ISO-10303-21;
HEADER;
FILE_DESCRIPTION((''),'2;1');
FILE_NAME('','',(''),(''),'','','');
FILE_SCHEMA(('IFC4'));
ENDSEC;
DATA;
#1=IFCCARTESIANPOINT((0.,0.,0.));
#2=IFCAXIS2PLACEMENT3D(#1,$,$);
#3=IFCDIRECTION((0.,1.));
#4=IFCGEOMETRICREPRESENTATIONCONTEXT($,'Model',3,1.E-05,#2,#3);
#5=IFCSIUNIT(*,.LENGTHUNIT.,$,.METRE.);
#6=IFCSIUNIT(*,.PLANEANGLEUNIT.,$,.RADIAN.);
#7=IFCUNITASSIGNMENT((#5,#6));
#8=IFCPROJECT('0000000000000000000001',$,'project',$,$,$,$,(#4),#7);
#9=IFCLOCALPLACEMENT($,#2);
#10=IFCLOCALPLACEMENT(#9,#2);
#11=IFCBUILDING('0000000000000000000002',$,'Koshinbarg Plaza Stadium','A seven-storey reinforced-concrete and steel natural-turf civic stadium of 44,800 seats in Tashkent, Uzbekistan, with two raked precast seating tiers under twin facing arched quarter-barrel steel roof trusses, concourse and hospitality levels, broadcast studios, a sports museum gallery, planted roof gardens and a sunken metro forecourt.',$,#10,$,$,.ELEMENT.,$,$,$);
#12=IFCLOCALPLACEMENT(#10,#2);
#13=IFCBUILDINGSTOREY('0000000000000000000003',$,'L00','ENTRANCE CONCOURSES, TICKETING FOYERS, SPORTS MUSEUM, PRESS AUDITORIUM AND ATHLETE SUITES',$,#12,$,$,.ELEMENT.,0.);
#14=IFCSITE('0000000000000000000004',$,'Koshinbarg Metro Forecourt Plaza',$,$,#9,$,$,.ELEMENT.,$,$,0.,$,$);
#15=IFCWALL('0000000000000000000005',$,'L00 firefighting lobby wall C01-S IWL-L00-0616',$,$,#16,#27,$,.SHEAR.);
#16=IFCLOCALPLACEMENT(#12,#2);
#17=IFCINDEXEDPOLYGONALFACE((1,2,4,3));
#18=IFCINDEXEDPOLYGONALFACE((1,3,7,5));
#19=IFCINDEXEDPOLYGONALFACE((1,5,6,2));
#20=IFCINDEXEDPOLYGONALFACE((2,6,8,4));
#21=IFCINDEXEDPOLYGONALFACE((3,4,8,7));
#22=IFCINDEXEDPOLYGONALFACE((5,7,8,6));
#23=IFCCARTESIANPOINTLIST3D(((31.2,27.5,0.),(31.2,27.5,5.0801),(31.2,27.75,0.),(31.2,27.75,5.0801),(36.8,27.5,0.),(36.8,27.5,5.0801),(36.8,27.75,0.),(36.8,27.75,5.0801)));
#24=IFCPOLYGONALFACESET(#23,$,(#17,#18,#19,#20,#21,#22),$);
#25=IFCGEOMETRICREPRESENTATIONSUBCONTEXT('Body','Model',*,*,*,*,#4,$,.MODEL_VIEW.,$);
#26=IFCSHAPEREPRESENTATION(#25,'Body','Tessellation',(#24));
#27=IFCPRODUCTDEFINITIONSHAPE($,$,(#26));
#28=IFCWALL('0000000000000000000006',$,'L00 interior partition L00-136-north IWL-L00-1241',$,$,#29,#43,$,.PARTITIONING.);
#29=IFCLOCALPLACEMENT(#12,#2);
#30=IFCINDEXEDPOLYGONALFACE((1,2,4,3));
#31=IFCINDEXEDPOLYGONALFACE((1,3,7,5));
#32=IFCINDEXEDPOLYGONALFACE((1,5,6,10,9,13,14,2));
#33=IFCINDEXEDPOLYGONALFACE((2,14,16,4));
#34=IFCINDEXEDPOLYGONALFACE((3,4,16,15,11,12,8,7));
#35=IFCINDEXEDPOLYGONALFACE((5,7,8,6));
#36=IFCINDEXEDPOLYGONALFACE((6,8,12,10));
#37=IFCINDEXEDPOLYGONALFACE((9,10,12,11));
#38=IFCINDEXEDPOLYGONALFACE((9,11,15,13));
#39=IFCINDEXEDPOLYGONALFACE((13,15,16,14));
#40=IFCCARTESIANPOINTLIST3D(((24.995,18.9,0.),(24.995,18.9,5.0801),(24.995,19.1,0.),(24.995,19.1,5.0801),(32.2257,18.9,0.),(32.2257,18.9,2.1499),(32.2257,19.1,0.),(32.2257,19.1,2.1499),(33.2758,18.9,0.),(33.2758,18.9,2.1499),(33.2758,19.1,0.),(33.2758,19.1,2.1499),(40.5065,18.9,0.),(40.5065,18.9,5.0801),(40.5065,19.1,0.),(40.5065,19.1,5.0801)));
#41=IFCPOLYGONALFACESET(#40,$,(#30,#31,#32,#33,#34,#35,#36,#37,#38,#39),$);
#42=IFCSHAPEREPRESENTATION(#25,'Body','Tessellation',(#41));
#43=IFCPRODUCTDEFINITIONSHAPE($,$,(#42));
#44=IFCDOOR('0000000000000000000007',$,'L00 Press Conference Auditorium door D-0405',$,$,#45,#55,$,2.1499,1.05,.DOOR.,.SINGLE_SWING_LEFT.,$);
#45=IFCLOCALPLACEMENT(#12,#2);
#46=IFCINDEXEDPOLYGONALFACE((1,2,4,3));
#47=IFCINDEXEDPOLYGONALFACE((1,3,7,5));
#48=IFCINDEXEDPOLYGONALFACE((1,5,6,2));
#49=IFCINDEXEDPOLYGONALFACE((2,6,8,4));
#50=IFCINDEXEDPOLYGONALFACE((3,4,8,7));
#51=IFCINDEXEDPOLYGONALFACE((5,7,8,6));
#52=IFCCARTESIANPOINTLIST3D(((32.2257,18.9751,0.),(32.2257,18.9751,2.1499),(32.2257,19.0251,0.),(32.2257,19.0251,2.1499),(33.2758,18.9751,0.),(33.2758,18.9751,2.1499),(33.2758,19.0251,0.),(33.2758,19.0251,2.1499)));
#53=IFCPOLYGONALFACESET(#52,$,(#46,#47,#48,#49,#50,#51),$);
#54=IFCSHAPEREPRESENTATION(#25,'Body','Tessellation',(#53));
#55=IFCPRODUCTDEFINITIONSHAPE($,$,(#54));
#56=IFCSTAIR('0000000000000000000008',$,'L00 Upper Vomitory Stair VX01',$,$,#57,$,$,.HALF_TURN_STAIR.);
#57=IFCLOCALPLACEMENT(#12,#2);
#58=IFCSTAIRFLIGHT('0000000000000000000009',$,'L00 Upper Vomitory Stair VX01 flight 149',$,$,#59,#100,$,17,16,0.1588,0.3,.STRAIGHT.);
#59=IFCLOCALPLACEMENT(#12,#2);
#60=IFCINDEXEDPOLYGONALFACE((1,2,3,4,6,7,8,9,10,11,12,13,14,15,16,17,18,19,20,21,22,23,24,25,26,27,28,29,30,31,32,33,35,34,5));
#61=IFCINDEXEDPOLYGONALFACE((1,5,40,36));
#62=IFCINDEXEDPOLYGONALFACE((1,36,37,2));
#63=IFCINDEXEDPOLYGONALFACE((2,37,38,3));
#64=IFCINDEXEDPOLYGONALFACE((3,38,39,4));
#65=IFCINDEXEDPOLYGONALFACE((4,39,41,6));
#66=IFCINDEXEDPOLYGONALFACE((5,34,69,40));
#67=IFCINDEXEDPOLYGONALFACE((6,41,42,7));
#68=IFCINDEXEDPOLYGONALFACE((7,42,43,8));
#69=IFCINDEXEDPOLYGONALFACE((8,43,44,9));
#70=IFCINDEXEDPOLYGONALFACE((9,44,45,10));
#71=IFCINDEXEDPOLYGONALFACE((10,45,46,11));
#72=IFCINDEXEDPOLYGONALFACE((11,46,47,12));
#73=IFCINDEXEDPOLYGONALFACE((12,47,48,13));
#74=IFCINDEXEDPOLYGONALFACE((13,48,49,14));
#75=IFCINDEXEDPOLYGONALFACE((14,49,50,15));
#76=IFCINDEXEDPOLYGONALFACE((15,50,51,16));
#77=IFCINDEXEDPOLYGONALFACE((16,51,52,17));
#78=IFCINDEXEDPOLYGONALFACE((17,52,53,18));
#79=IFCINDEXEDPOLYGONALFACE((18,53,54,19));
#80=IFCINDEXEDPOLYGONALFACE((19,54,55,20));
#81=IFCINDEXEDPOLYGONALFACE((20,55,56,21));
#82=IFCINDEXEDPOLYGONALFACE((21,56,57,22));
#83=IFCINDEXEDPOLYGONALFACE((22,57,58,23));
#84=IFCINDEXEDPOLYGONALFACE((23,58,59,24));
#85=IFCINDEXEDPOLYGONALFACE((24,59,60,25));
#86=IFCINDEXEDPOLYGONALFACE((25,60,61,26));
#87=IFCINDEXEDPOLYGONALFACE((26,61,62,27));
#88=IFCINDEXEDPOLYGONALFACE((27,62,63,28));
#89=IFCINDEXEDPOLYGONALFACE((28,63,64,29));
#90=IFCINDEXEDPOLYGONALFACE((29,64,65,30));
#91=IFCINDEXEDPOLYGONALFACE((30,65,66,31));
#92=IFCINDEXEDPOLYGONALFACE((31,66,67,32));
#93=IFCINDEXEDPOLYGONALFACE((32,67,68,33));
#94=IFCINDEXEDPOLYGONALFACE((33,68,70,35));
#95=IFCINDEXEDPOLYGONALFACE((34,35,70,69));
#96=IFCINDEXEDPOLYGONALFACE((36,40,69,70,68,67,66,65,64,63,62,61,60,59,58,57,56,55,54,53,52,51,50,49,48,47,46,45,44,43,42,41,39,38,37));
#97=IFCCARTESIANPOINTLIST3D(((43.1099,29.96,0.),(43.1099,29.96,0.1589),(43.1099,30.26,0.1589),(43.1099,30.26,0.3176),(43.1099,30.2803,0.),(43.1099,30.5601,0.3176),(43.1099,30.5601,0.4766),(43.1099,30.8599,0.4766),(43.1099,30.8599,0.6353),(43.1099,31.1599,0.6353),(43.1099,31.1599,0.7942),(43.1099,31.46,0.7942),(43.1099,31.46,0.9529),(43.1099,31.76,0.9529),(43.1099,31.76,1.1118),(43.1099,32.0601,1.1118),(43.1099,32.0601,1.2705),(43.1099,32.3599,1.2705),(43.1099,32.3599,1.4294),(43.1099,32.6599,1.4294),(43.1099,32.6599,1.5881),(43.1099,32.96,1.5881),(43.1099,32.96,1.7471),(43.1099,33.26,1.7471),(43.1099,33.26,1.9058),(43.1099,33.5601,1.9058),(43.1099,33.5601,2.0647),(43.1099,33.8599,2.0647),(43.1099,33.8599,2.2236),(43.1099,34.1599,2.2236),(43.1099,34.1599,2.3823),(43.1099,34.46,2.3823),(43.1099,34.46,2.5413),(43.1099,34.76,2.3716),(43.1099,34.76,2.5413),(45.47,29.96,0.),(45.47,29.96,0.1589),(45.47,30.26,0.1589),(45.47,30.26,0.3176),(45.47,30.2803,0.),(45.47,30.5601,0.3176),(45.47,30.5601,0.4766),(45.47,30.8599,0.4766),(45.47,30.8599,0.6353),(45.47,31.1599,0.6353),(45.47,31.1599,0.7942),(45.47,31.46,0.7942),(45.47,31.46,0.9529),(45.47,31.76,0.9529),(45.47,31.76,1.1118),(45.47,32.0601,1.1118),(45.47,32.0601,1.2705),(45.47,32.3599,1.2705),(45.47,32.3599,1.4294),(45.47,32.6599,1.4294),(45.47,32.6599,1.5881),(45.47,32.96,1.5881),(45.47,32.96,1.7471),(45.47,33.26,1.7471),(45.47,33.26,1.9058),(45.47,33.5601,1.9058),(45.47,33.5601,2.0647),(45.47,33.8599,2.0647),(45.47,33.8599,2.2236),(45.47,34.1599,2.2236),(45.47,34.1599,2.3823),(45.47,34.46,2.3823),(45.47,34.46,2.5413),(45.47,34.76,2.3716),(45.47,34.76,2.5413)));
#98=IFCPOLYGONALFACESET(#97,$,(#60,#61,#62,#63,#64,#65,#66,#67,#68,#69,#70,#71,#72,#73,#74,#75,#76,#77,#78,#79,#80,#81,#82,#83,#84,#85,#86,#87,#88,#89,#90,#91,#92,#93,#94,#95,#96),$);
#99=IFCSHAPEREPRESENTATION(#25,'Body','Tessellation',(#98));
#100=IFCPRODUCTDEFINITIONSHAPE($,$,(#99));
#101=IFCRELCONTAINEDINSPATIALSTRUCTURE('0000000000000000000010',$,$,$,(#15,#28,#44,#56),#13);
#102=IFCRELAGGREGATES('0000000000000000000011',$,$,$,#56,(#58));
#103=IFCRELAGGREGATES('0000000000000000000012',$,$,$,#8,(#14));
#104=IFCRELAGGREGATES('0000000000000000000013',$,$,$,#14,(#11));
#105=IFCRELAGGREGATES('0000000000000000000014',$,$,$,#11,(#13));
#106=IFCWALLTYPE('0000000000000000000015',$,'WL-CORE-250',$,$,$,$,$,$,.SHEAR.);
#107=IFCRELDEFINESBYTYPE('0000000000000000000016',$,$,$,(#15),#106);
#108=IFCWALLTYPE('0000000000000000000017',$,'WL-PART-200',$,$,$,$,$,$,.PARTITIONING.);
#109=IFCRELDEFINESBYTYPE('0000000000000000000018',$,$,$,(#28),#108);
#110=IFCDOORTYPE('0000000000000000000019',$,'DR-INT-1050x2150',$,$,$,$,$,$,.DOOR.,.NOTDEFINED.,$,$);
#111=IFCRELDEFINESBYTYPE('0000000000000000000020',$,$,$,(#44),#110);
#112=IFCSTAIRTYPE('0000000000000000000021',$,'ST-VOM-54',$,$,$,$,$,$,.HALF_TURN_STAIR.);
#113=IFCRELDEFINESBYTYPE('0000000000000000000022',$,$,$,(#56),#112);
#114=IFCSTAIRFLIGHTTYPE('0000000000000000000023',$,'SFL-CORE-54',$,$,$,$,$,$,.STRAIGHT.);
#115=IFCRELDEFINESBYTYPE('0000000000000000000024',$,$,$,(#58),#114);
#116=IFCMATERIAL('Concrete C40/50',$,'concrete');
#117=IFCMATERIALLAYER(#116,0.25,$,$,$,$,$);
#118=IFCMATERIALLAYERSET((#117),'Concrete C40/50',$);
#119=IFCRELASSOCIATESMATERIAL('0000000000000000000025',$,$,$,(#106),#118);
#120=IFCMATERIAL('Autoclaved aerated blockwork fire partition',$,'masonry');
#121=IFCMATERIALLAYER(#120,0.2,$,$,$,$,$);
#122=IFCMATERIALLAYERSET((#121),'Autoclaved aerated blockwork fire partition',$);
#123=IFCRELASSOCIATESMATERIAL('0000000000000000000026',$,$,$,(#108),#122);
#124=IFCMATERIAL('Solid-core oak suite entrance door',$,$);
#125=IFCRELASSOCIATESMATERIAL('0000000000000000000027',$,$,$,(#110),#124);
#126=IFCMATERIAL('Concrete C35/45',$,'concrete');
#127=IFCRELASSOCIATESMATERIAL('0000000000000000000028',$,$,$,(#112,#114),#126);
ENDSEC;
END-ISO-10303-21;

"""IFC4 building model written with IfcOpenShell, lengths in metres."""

from ifc_helpers import new_model, si_unit, direction, frame, frame_2d, origin, place, context, subcontext, project, spatial, polyline, rectangle, outline, extrude, material, layer, layer_set, type_object, element, fill, aggregate, save


model = new_model("IFC4")

# Units and contexts
model_context = context("Model", 3, precision=1e-05, world=origin(), true_north=direction((0.0, 1.0)))
body_context = subcontext(model_context, "Body", "Model", "MODEL_VIEW")
ifc_project = project(units=[si_unit("LENGTHUNIT", "METRE"), si_unit("PLANEANGLEUNIT", "RADIAN")], contexts=[model_context])

# Site, building, storey
site_placement = place(None, origin())
site = spatial("IfcSite", under=ifc_project, at=site_placement, Name="Koshinbarg Metro Forecourt Plaza", CompositionType="ELEMENT", RefElevation=0.0)
building_placement = place(site_placement, origin())
building = spatial("IfcBuilding", under=site, at=building_placement, Name="Koshinbarg Plaza Stadium", Description="A seven-storey reinforced-concrete and steel natural-turf civic stadium of 44,800 seats in Tashkent, Uzbekistan, with two raked precast seating tiers under twin facing arched quarter-barrel steel roof trusses, concourse and hospitality levels, broadcast studios, a sports museum gallery, planted roof gardens and a sunken metro forecourt.", CompositionType="ELEMENT")
storey_placement = place(building_placement, origin())
storey = spatial("IfcBuildingStorey", under=building, at=storey_placement, Name="L00", Description="ENTRANCE CONCOURSES, TICKETING FOYERS, SPORTS MUSEUM, PRESS AUDITORIUM AND ATHLETE SUITES", CompositionType="ELEMENT", Elevation=0.0)

# Shared definitions
ifc_material_1 = material(Name="Concrete C35/45", Category="concrete")

# Shared definitions
ifc_material_2 = material(Name="Concrete C40/50", Category="concrete")

# Shared definitions
ifc_layer_1 = layer(ifc_material_2, 0.25)
ifc_layer_set_1 = layer_set([ifc_layer_1], Name="Concrete C40/50")
wall_type_1 = type_object("IfcWallType", Name="WL-CORE-250", PredefinedType="SHEAR", material=ifc_layer_set_1)

# Wall
wall_1_placement = place(storey_placement, frame((31.2, 27.625, 0.0), z_axis=(0.0, 0.0, 1.0), x_axis=(1.0, 0.0, 0.0)))
element("IfcWall", 1, at=wall_1_placement, inside=storey, type_object=wall_type_1, Name="L00 firefighting lobby wall C01-S IWL-L00-0616", PredefinedType="SHEAR", context=body_context, shape_type="SweptSolid", body=[
    extrude(rectangle(XDim=5.6001, YDim=0.25, at=frame_2d((2.8, 0.0))), origin(), (0.0, 0.0, 1.0), 5.0801),
])

# Wall, opening, door
ifc_material_3 = material(Name="Autoclaved aerated blockwork fire partition", Category="masonry")
ifc_layer_2 = layer(ifc_material_3, 0.2)
ifc_layer_set_2 = layer_set([ifc_layer_2], Name="Autoclaved aerated blockwork fire partition")
wall_type_2 = type_object("IfcWallType", Name="WL-PART-200", PredefinedType="PARTITIONING", material=ifc_layer_set_2)
wall_2_placement = place(storey_placement, frame((40.5066, 19.0, 0.0), z_axis=(0.0, 0.0, 1.0), x_axis=(-1.0, 0.0, 0.0)))
wall_2 = element("IfcWall", 2, at=wall_2_placement, inside=storey, type_object=wall_type_2, Name="L00 interior partition L00-136-north IWL-L00-1241", PredefinedType="PARTITIONING", context=body_context, shape_type="SweptSolid", body=[
    extrude(rectangle(XDim=15.5115, YDim=0.2, at=frame_2d((7.7559, 0.0))), origin(), (0.0, 0.0, 1.0), 5.0801),
])
opening_1_placement = place(wall_2_placement, frame((7.231, 0.0, 0.0)))
opening_1 = element("IfcOpeningElement", 3, at=opening_1_placement, cuts=wall_2, PredefinedType="OPENING", context=body_context, shape_type="SweptSolid", body=[
    extrude(rectangle(XDim=1.05, YDim=2.1499, at=frame_2d((0.5249, 1.075))), frame((0.0, 0.1099, 0.0), z_axis=(0.0, -1.0, 0.0), x_axis=(1.0, 0.0, 0.0)), (0.0, 0.0, 1.0), 0.22),
])
ifc_material_4 = material(Name="Solid-core oak suite entrance door")
door_type_1 = type_object("IfcDoorType", Name="DR-INT-1050x2150", OperationType="NOTDEFINED", PredefinedType="DOOR", material=ifc_material_4)
door_1_placement = place(opening_1_placement, origin())
door_1 = element("IfcDoor", 4, at=door_1_placement, inside=storey, type_object=door_type_1, Name="L00 Press Conference Auditorium door D-0405", OperationType="SINGLE_SWING_LEFT", OverallHeight=2.1499, OverallWidth=1.05, PredefinedType="DOOR", context=body_context, shape_type="SweptSolid", body=[
    extrude(rectangle(XDim=1.05, YDim=2.1499, at=frame_2d((0.5249, 1.075))), frame((0.0, 0.0249, 0.0), z_axis=(0.0, -1.0, 0.0), x_axis=(1.0, 0.0, 0.0)), (0.0, 0.0, 1.0), 0.05),
])
fill(opening_1, door_1)

# Stair, stair flight
stair_type = type_object("IfcStairType", Name="ST-VOM-54", PredefinedType="HALF_TURN_STAIR", material=ifc_material_1)
stair_placement = place(storey_placement, origin())
stair = element("IfcStair", 5, at=stair_placement, inside=storey, type_object=stair_type, Name="L00 Upper Vomitory Stair VX01", PredefinedType="HALF_TURN_STAIR")
stair_flight_type = type_object("IfcStairFlightType", Name="SFL-CORE-54", PredefinedType="STRAIGHT", material=ifc_material_1)
stair_flight_placement = place(storey_placement, frame((44.29, 29.96, 0.0), z_axis=(0.0, 0.0, 1.0), x_axis=(0.0, 1.0, 0.0)))
stair_flight = element("IfcStairFlight", 6, at=stair_flight_placement, type_object=stair_flight_type, Name="L00 Upper Vomitory Stair VX01 flight 149", NumberOfRisers=17, NumberOfTreads=16, PredefinedType="STRAIGHT", RiserHeight=0.1588, TreadLength=0.3, context=body_context, shape_type="SweptSolid", body=[
    extrude(outline(polyline([(0.0, 0.0), (0.0, 0.1589), (0.3, 0.1589), (0.3, 0.3176), (0.6001, 0.3176), (0.6001, 0.4766), (0.8999, 0.4766), (0.8999, 0.6353), (1.2, 0.6353), (1.2, 0.7942), (1.5, 0.7942), (1.5, 0.9529), (1.8, 0.9529), (1.8, 1.1118), (2.1001, 1.1118), (2.1001, 1.2705), (2.3999, 1.2705), (2.3999, 1.4294), (2.7, 1.4294), (2.7, 1.5881), (3.0, 1.5881), (3.0, 1.7471), (3.3, 1.7471), (3.3, 1.9058), (3.6001, 1.9058), (3.6001, 2.0647), (3.8999, 2.0647), (3.8999, 2.2236), (4.2, 2.2236), (4.2, 2.3823), (4.5, 2.3823), (4.5, 2.5413), (4.8, 2.5413), (4.8, 2.7), (4.8, 2.3716), (0.3203, 0.0), (0.0, 0.0)])), frame((0.0, 1.1802, 0.0), z_axis=(0.0, -1.0, 0.0), x_axis=(1.0, 0.0, 0.0)), (0.0, 0.0, 1.0), 2.3601),
])
aggregate(stair, [stair_flight])

save(model, "model.ifc")
